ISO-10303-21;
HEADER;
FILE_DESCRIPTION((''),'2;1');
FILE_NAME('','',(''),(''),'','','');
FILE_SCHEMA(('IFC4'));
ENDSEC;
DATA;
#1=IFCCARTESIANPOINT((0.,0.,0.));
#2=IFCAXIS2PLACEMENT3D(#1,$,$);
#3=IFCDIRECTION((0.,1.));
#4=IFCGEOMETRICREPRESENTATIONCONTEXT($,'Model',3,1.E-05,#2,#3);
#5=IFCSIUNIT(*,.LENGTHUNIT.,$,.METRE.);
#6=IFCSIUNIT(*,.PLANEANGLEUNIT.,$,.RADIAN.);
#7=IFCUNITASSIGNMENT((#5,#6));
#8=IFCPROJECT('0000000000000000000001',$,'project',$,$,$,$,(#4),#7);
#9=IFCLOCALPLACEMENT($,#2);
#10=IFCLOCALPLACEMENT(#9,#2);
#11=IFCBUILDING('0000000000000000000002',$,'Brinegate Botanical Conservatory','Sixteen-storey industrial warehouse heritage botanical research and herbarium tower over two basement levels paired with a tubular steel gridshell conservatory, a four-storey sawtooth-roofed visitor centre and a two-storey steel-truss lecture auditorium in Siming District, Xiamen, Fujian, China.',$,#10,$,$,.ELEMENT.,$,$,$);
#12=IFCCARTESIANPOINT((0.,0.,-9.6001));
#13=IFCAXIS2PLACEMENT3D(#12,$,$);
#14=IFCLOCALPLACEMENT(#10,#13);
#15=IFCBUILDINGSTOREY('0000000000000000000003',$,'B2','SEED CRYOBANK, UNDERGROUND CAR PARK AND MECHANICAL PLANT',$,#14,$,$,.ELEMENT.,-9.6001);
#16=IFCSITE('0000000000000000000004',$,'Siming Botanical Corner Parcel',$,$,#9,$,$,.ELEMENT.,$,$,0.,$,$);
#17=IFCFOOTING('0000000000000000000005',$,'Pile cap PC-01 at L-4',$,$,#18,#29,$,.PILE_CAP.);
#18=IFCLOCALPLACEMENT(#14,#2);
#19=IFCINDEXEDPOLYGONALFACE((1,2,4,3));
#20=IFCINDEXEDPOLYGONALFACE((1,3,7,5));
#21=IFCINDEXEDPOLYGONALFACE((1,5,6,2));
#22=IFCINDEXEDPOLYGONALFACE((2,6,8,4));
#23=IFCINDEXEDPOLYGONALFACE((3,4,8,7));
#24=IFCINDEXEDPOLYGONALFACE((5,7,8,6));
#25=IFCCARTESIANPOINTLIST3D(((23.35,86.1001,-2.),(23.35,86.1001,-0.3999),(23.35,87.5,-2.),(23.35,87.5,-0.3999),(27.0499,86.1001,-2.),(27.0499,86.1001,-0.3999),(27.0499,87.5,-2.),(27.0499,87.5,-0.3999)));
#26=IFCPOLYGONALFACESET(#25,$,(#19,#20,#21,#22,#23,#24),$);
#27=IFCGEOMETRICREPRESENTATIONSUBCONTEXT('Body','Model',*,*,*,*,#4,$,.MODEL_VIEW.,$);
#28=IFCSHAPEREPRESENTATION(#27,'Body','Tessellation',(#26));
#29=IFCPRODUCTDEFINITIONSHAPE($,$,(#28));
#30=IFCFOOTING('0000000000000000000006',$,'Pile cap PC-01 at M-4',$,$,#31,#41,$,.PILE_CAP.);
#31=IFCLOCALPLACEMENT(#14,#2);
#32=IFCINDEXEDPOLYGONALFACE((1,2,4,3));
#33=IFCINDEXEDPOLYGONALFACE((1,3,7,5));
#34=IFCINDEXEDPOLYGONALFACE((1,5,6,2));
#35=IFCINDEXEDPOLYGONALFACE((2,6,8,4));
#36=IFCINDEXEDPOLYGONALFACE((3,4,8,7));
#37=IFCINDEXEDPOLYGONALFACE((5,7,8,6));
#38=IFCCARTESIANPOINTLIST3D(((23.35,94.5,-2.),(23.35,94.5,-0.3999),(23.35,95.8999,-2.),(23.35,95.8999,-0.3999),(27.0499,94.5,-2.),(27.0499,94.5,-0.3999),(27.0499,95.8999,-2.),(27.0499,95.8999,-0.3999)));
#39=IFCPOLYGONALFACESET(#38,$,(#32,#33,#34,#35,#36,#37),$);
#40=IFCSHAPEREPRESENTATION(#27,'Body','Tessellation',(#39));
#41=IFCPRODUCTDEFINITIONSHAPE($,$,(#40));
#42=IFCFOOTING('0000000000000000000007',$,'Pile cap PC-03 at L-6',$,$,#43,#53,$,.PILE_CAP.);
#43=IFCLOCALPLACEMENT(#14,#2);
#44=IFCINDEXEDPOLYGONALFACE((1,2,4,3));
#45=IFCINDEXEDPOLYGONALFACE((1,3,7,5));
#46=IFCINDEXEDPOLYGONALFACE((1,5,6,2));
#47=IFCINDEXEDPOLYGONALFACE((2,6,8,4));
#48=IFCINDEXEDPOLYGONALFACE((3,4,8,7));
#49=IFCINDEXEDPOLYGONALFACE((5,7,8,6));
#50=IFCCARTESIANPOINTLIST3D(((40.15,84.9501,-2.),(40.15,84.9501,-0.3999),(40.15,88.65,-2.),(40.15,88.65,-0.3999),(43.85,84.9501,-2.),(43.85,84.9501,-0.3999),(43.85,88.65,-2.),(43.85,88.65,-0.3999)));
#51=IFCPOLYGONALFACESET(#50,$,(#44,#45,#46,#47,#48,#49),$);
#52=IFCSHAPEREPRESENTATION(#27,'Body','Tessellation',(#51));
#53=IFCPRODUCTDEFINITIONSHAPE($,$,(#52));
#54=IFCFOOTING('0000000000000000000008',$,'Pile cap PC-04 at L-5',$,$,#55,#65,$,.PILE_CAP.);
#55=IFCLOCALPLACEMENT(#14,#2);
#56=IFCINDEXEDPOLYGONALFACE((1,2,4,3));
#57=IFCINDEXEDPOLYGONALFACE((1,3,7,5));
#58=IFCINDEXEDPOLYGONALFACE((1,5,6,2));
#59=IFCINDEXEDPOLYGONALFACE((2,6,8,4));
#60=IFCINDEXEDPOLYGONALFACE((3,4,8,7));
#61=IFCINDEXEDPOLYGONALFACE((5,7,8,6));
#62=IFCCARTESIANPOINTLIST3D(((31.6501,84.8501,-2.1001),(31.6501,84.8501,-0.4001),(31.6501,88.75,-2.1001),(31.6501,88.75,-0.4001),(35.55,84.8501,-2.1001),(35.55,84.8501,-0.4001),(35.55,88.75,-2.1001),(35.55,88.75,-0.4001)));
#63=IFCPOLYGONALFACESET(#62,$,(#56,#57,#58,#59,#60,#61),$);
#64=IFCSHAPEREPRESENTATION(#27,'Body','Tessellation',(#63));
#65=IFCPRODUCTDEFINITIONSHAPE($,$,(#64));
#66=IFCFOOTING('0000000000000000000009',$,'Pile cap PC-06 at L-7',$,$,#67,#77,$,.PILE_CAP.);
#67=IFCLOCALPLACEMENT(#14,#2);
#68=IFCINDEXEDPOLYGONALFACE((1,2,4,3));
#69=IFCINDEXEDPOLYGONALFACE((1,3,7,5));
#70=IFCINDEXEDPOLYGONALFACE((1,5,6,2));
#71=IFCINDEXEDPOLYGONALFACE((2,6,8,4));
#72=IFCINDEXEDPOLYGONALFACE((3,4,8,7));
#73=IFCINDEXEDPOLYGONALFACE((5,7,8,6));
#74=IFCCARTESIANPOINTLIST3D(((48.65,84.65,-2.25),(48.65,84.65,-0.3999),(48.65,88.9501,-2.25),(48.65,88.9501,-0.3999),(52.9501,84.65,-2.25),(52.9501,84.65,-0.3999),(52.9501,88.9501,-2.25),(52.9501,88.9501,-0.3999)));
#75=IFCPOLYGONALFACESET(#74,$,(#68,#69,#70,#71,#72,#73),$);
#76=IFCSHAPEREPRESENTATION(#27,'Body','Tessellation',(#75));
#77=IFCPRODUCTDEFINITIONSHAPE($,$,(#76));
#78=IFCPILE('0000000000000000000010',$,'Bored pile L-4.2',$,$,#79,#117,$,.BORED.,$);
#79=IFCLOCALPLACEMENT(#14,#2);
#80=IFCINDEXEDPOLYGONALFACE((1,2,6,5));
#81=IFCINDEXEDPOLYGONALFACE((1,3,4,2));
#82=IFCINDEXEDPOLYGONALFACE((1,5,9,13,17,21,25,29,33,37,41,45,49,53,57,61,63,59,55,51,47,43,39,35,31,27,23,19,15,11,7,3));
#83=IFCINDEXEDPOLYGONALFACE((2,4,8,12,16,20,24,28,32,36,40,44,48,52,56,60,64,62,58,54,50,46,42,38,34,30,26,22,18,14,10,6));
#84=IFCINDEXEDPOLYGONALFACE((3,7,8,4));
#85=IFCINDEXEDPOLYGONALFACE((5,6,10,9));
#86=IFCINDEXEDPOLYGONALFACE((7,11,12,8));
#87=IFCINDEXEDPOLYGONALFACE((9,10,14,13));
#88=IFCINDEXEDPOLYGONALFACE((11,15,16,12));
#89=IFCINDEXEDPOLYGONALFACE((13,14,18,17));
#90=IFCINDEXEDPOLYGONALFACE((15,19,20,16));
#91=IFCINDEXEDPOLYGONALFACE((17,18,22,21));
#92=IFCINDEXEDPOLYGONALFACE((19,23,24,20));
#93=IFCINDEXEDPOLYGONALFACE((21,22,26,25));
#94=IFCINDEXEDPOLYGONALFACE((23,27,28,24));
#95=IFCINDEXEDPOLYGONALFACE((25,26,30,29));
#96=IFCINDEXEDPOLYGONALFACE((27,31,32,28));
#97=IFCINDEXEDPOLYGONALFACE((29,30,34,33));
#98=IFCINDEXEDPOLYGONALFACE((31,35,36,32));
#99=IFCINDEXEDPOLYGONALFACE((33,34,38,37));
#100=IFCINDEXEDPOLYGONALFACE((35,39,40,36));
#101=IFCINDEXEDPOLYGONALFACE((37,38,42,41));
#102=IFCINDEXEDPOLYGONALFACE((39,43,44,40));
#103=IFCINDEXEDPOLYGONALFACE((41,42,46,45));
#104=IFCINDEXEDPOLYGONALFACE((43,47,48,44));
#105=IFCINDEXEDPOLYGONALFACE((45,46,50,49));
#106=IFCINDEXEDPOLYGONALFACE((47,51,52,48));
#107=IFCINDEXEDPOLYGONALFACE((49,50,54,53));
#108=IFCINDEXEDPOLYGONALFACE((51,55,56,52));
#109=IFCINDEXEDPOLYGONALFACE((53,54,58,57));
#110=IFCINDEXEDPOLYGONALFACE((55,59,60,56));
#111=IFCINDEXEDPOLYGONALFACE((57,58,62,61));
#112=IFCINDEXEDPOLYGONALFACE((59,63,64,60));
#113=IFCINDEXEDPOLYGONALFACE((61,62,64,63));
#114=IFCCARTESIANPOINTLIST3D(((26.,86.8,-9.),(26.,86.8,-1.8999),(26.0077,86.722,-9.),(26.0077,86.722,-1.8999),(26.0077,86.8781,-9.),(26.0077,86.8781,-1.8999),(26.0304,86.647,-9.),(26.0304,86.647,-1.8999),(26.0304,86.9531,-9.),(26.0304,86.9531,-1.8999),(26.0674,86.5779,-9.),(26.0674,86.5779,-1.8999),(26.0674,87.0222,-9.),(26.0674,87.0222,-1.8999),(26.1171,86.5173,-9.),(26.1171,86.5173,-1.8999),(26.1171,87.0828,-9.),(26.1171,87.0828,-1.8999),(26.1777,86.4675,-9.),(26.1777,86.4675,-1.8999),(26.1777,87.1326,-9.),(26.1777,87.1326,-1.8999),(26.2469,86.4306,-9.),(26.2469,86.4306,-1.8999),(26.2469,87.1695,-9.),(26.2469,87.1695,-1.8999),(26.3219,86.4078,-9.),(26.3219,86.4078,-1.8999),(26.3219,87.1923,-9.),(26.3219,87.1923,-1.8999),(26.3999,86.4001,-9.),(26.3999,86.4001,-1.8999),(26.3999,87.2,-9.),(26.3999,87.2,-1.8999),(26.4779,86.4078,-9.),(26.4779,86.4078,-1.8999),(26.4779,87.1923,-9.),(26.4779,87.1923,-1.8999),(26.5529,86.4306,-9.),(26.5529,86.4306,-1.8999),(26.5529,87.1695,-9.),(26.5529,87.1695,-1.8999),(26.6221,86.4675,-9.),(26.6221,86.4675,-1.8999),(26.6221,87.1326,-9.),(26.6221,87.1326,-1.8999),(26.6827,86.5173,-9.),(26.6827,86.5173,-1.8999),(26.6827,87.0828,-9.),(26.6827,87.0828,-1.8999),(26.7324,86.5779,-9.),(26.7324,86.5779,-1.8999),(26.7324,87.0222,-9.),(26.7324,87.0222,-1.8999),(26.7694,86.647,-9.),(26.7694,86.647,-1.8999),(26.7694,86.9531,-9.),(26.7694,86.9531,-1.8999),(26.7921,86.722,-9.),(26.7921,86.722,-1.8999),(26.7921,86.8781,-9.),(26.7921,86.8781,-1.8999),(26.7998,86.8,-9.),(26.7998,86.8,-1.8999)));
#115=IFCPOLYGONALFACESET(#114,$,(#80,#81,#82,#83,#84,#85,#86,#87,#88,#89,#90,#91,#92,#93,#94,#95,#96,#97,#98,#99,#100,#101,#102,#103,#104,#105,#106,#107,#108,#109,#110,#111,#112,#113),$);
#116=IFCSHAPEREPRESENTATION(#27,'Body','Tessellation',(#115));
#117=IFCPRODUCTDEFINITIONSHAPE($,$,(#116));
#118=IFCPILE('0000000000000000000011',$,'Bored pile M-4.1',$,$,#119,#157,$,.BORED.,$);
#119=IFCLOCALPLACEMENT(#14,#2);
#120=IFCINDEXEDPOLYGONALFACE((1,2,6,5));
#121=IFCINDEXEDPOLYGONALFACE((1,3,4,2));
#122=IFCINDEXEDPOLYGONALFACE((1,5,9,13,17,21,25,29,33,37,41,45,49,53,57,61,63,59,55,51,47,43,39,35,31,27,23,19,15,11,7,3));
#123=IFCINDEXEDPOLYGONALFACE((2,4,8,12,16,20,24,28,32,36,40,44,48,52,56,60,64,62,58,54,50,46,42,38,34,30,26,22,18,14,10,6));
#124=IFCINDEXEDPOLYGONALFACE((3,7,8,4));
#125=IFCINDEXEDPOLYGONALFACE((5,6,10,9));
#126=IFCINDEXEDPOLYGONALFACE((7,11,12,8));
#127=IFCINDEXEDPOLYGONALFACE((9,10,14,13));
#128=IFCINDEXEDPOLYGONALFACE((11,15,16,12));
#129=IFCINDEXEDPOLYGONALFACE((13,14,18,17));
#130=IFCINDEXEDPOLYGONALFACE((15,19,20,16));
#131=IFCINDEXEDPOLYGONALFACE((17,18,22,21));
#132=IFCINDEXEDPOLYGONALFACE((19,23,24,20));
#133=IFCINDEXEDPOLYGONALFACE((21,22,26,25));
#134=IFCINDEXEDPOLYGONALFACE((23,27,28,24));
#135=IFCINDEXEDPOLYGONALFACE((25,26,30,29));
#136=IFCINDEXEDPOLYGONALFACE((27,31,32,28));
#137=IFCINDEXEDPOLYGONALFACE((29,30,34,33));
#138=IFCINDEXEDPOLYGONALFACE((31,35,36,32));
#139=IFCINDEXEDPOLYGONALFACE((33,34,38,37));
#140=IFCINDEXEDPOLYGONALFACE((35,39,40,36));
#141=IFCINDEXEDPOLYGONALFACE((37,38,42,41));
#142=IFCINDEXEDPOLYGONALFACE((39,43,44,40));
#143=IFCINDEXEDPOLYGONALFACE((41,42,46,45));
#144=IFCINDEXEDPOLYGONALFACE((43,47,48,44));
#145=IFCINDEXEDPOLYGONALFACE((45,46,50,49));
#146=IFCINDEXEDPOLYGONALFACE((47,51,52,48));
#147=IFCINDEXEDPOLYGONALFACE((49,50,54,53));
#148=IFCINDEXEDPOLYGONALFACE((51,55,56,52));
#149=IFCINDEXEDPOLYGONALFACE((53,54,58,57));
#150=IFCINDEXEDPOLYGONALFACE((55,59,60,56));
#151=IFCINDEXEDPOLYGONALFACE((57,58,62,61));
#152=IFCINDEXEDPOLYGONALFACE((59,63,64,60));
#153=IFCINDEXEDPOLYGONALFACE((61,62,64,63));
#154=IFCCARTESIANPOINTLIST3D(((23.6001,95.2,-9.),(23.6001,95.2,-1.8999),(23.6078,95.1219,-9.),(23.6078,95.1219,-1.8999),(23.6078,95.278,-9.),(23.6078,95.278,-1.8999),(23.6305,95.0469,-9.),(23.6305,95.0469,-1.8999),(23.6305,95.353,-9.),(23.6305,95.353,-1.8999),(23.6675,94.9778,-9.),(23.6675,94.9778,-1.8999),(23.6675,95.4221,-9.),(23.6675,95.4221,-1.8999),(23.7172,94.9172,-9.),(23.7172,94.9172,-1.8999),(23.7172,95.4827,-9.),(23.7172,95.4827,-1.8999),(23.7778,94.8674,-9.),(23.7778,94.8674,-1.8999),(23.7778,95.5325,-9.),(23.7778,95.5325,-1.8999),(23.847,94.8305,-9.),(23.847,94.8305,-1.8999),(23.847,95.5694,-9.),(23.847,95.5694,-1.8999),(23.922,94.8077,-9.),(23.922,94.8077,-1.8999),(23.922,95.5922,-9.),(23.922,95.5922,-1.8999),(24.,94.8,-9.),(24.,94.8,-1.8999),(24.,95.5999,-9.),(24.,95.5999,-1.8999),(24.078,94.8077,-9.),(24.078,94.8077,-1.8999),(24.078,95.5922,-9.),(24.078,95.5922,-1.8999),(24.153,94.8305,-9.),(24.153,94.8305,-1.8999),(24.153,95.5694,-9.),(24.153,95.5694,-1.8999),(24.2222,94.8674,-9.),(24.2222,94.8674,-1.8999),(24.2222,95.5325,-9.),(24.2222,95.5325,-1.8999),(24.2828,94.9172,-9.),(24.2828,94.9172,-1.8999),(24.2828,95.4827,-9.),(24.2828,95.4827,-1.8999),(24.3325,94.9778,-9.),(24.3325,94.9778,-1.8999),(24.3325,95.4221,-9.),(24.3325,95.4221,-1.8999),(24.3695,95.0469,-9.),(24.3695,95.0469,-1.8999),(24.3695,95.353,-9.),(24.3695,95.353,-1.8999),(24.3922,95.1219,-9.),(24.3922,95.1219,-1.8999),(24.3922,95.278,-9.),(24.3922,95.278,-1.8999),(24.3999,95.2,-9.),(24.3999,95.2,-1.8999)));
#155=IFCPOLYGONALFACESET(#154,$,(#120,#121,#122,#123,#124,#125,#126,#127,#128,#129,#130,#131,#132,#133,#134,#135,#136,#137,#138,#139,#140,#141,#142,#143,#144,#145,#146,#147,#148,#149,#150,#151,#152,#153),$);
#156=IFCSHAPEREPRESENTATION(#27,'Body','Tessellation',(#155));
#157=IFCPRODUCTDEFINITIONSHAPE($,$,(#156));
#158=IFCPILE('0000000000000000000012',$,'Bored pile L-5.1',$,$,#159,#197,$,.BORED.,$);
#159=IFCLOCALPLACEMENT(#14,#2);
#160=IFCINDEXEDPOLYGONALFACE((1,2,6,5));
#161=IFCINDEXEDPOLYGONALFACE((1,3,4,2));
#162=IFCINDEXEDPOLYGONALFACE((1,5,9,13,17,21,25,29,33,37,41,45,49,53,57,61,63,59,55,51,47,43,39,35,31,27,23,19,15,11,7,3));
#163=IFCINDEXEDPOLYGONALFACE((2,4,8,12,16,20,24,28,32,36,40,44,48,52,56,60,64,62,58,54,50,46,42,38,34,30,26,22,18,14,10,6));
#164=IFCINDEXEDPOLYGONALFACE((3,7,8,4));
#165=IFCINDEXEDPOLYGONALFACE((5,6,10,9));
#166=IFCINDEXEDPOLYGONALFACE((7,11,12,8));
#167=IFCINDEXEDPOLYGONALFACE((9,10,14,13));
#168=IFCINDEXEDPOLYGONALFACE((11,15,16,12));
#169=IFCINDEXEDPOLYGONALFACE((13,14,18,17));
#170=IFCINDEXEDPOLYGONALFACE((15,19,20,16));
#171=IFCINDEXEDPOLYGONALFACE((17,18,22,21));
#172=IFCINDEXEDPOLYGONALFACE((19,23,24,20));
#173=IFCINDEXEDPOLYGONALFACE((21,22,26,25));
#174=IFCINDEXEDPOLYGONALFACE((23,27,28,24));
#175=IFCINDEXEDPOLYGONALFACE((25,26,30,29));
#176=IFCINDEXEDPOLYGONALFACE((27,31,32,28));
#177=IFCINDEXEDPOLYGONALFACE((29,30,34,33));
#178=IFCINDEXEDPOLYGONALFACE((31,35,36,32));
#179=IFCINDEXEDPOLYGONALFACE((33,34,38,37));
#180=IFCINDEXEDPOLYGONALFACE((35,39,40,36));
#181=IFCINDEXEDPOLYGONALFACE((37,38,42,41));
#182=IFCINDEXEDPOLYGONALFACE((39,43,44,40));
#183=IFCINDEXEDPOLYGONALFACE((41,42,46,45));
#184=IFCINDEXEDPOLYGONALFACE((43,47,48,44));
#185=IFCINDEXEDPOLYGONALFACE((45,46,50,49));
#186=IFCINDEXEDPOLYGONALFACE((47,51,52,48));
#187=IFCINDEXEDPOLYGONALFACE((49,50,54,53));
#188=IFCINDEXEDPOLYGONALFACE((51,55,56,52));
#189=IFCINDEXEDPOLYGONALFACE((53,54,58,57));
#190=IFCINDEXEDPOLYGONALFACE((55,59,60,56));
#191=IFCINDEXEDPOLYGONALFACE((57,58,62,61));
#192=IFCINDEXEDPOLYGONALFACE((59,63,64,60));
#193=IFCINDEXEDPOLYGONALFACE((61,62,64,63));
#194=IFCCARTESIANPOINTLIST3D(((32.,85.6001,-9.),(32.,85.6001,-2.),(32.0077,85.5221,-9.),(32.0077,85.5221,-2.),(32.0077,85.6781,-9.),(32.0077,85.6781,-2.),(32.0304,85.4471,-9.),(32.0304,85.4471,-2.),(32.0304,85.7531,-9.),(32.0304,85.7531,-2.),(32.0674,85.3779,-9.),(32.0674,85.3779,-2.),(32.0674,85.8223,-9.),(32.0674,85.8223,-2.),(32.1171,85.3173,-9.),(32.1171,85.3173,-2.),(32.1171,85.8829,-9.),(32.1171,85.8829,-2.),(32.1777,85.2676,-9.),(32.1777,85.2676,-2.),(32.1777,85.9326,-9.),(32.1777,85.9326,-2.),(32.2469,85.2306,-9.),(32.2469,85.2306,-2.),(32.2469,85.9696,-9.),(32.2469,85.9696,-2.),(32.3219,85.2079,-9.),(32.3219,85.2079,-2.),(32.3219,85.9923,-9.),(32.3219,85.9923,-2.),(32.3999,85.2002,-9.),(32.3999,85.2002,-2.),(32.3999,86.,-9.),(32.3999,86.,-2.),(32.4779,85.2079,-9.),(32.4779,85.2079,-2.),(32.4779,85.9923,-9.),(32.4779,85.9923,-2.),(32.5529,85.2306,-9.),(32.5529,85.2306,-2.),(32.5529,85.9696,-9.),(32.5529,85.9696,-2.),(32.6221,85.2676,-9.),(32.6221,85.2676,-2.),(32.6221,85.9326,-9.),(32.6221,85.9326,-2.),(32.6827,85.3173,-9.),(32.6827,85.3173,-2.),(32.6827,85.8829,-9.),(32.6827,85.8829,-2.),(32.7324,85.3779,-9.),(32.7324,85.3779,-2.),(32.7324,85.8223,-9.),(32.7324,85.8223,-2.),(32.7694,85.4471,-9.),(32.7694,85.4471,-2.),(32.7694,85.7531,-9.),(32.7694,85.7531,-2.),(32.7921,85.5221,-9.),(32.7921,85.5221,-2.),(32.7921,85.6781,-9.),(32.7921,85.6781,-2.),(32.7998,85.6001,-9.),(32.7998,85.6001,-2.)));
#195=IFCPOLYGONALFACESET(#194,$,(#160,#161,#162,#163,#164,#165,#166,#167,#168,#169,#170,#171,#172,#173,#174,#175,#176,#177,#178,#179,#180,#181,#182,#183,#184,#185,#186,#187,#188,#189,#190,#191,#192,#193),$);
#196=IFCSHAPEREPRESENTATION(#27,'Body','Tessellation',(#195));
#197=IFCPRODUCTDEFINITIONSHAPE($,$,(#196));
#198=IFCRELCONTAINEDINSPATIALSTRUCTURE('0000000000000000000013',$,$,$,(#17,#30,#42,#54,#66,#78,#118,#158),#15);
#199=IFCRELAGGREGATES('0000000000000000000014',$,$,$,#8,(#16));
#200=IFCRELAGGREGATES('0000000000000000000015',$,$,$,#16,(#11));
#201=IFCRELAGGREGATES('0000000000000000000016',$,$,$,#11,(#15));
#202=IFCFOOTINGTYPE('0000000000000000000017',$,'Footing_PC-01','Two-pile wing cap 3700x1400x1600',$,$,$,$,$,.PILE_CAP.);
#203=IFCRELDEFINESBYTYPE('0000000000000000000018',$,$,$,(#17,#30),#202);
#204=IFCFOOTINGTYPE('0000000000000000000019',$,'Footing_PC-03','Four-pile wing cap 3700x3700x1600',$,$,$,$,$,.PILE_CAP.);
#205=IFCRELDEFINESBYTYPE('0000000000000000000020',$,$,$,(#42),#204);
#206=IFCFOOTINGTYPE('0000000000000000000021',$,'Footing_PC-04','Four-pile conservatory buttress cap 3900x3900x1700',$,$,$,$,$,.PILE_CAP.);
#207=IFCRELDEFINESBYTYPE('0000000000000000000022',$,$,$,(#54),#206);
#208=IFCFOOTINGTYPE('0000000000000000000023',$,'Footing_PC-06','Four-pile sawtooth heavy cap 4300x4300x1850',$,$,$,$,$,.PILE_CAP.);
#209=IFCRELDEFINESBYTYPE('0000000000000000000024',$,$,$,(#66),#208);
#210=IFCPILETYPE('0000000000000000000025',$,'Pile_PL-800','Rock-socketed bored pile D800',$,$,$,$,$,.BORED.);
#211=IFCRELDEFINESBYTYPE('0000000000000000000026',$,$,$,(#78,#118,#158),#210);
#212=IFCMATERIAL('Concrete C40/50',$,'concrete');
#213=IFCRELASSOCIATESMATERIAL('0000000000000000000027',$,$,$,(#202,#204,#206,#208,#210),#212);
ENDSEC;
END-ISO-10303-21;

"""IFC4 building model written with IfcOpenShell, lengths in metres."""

from ifc_helpers import new_model, si_unit, direction, frame, origin, origin_2d, place, context, subcontext, project, spatial, rectangle, circle, extrude, material, material_profile, profile_set, type_object, element, save


model = new_model("IFC4")

# Units and contexts
model_context = context("Model", 3, precision=1e-05, world=origin(), true_north=direction((0.0, 1.0)))
body_context = subcontext(model_context, "Body", "Model", "MODEL_VIEW")
ifc_project = project(units=[si_unit("LENGTHUNIT", "METRE"), si_unit("PLANEANGLEUNIT", "RADIAN")], contexts=[model_context])

# Site, building, storey
site_placement = place(None, origin())
site = spatial("IfcSite", under=ifc_project, at=site_placement, Name="Siming Botanical Corner Parcel", CompositionType="ELEMENT", RefElevation=0.0)
building_placement = place(site_placement, origin())
building = spatial("IfcBuilding", under=site, at=building_placement, Name="Brinegate Botanical Conservatory", Description="Sixteen-storey industrial warehouse heritage botanical research and herbarium tower over two basement levels paired with a tubular steel gridshell conservatory, a four-storey sawtooth-roofed visitor centre and a two-storey steel-truss lecture auditorium in Siming District, Xiamen, Fujian, China.", CompositionType="ELEMENT")
storey_placement = place(building_placement, frame((0.0, 0.0, -9.6001)))
storey = spatial("IfcBuildingStorey", under=building, at=storey_placement, Name="B2", Description="SEED CRYOBANK, UNDERGROUND CAR PARK AND MECHANICAL PLANT", CompositionType="ELEMENT", Elevation=-9.6001)

# Footings
ifc_material = material(Name="Concrete C40/50", Category="concrete")
footing_type_1 = type_object("IfcFootingType", Name="Footing_PC-01", Description="Two-pile wing cap 3700x1400x1600", PredefinedType="PILE_CAP", material=ifc_material)
for number, where, z_axis, x_axis, name in (
    (1, (25.2, 86.8, -2.0), (0.0, 0.0, 1.0), (1.0, 0.0, 0.0), "Pile cap PC-01 at L-4"),
    (2, (25.2, 95.2, -2.0), (0.0, 0.0, 1.0), (1.0, 0.0, 0.0), "Pile cap PC-01 at M-4"),
):
    element("IfcFooting", number, at=place(storey_placement, frame(where, z_axis=z_axis, x_axis=x_axis)), inside=storey, type_object=footing_type_1, Name=name, PredefinedType="PILE_CAP", context=body_context, shape_type="SweptSolid", body=[
        extrude(rectangle(XDim=3.7, YDim=1.3999, at=origin_2d()), origin(), (0.0, 0.0, 1.0), 1.6001),
    ])
footing_type_2 = type_object("IfcFootingType", Name="Footing_PC-03", Description="Four-pile wing cap 3700x3700x1600", PredefinedType="PILE_CAP", material=ifc_material)
footing_1_placement = place(storey_placement, frame((42.0, 86.8, -2.0), z_axis=(0.0, 0.0, 1.0), x_axis=(1.0, 0.0, 0.0)))
element("IfcFooting", 3, at=footing_1_placement, inside=storey, type_object=footing_type_2, Name="Pile cap PC-03 at L-6", PredefinedType="PILE_CAP", context=body_context, shape_type="SweptSolid", body=[
    extrude(rectangle(XDim=3.7, YDim=3.7, at=origin_2d()), origin(), (0.0, 0.0, 1.0), 1.6001),
])
footing_type_3 = type_object("IfcFootingType", Name="Footing_PC-04", Description="Four-pile conservatory buttress cap 3900x3900x1700", PredefinedType="PILE_CAP", material=ifc_material)
footing_2_placement = place(storey_placement, frame((33.6001, 86.8, -2.1001), z_axis=(0.0, 0.0, 1.0), x_axis=(1.0, 0.0, 0.0)))
element("IfcFooting", 4, at=footing_2_placement, inside=storey, type_object=footing_type_3, Name="Pile cap PC-04 at L-5", PredefinedType="PILE_CAP", context=body_context, shape_type="SweptSolid", body=[
    extrude(rectangle(XDim=3.8999, YDim=3.8999, at=origin_2d()), origin(), (0.0, 0.0, 1.0), 1.7),
])
footing_type_4 = type_object("IfcFootingType", Name="Footing_PC-06", Description="Four-pile sawtooth heavy cap 4300x4300x1850", PredefinedType="PILE_CAP", material=ifc_material)
footing_3_placement = place(storey_placement, frame((50.8, 86.8, -2.25), z_axis=(0.0, 0.0, 1.0), x_axis=(1.0, 0.0, 0.0)))
element("IfcFooting", 5, at=footing_3_placement, inside=storey, type_object=footing_type_4, Name="Pile cap PC-06 at L-7", PredefinedType="PILE_CAP", context=body_context, shape_type="SweptSolid", body=[
    extrude(rectangle(XDim=4.3, YDim=4.3, at=origin_2d()), origin(), (0.0, 0.0, 1.0), 1.8501),
])

# Piles
ifc_material_profile_1 = material_profile(ifc_material, circle(Radius=0.3999, at=origin_2d()), Name="PILE D800")
ifc_profile_set_1 = profile_set([ifc_material_profile_1], Name="Concrete C40/50")
pile_type = type_object("IfcPileType", Name="Pile_PL-800", Description="Rock-socketed bored pile D800", PredefinedType="BORED", material=ifc_profile_set_1)
for number, where, z_axis, x_axis, name in (
    (6, (26.3999, 86.8, -1.8999), (0.0, 0.0, -1.0), (1.0, 0.0, 0.0), "Bored pile L-4.2"),
    (7, (24.0, 95.2, -1.8999), (0.0, 0.0, -1.0), (1.0, 0.0, 0.0), "Bored pile M-4.1"),
):
    element("IfcPile", number, at=place(storey_placement, frame(where, z_axis=z_axis, x_axis=x_axis)), inside=storey, type_object=pile_type, Name=name, PredefinedType="BORED", context=body_context, shape_type="SweptSolid", body=[
        extrude(circle(Radius=0.3999, at=origin_2d()), origin(), (0.0, 0.0, 1.0), 7.1001),
    ])
for number, where, z_axis, x_axis, name in (
    (8, (32.3999, 85.6001, -2.0), (0.0, 0.0, -1.0), (1.0, 0.0, 0.0), "Bored pile L-5.1"),
):
    element("IfcPile", number, at=place(storey_placement, frame(where, z_axis=z_axis, x_axis=x_axis)), inside=storey, type_object=pile_type, Name=name, PredefinedType="BORED", context=body_context, shape_type="SweptSolid", body=[
        extrude(circle(Radius=0.3999, at=origin_2d()), origin(), (0.0, 0.0, 1.0), 7.0),
    ])

save(model, "model.ifc")
